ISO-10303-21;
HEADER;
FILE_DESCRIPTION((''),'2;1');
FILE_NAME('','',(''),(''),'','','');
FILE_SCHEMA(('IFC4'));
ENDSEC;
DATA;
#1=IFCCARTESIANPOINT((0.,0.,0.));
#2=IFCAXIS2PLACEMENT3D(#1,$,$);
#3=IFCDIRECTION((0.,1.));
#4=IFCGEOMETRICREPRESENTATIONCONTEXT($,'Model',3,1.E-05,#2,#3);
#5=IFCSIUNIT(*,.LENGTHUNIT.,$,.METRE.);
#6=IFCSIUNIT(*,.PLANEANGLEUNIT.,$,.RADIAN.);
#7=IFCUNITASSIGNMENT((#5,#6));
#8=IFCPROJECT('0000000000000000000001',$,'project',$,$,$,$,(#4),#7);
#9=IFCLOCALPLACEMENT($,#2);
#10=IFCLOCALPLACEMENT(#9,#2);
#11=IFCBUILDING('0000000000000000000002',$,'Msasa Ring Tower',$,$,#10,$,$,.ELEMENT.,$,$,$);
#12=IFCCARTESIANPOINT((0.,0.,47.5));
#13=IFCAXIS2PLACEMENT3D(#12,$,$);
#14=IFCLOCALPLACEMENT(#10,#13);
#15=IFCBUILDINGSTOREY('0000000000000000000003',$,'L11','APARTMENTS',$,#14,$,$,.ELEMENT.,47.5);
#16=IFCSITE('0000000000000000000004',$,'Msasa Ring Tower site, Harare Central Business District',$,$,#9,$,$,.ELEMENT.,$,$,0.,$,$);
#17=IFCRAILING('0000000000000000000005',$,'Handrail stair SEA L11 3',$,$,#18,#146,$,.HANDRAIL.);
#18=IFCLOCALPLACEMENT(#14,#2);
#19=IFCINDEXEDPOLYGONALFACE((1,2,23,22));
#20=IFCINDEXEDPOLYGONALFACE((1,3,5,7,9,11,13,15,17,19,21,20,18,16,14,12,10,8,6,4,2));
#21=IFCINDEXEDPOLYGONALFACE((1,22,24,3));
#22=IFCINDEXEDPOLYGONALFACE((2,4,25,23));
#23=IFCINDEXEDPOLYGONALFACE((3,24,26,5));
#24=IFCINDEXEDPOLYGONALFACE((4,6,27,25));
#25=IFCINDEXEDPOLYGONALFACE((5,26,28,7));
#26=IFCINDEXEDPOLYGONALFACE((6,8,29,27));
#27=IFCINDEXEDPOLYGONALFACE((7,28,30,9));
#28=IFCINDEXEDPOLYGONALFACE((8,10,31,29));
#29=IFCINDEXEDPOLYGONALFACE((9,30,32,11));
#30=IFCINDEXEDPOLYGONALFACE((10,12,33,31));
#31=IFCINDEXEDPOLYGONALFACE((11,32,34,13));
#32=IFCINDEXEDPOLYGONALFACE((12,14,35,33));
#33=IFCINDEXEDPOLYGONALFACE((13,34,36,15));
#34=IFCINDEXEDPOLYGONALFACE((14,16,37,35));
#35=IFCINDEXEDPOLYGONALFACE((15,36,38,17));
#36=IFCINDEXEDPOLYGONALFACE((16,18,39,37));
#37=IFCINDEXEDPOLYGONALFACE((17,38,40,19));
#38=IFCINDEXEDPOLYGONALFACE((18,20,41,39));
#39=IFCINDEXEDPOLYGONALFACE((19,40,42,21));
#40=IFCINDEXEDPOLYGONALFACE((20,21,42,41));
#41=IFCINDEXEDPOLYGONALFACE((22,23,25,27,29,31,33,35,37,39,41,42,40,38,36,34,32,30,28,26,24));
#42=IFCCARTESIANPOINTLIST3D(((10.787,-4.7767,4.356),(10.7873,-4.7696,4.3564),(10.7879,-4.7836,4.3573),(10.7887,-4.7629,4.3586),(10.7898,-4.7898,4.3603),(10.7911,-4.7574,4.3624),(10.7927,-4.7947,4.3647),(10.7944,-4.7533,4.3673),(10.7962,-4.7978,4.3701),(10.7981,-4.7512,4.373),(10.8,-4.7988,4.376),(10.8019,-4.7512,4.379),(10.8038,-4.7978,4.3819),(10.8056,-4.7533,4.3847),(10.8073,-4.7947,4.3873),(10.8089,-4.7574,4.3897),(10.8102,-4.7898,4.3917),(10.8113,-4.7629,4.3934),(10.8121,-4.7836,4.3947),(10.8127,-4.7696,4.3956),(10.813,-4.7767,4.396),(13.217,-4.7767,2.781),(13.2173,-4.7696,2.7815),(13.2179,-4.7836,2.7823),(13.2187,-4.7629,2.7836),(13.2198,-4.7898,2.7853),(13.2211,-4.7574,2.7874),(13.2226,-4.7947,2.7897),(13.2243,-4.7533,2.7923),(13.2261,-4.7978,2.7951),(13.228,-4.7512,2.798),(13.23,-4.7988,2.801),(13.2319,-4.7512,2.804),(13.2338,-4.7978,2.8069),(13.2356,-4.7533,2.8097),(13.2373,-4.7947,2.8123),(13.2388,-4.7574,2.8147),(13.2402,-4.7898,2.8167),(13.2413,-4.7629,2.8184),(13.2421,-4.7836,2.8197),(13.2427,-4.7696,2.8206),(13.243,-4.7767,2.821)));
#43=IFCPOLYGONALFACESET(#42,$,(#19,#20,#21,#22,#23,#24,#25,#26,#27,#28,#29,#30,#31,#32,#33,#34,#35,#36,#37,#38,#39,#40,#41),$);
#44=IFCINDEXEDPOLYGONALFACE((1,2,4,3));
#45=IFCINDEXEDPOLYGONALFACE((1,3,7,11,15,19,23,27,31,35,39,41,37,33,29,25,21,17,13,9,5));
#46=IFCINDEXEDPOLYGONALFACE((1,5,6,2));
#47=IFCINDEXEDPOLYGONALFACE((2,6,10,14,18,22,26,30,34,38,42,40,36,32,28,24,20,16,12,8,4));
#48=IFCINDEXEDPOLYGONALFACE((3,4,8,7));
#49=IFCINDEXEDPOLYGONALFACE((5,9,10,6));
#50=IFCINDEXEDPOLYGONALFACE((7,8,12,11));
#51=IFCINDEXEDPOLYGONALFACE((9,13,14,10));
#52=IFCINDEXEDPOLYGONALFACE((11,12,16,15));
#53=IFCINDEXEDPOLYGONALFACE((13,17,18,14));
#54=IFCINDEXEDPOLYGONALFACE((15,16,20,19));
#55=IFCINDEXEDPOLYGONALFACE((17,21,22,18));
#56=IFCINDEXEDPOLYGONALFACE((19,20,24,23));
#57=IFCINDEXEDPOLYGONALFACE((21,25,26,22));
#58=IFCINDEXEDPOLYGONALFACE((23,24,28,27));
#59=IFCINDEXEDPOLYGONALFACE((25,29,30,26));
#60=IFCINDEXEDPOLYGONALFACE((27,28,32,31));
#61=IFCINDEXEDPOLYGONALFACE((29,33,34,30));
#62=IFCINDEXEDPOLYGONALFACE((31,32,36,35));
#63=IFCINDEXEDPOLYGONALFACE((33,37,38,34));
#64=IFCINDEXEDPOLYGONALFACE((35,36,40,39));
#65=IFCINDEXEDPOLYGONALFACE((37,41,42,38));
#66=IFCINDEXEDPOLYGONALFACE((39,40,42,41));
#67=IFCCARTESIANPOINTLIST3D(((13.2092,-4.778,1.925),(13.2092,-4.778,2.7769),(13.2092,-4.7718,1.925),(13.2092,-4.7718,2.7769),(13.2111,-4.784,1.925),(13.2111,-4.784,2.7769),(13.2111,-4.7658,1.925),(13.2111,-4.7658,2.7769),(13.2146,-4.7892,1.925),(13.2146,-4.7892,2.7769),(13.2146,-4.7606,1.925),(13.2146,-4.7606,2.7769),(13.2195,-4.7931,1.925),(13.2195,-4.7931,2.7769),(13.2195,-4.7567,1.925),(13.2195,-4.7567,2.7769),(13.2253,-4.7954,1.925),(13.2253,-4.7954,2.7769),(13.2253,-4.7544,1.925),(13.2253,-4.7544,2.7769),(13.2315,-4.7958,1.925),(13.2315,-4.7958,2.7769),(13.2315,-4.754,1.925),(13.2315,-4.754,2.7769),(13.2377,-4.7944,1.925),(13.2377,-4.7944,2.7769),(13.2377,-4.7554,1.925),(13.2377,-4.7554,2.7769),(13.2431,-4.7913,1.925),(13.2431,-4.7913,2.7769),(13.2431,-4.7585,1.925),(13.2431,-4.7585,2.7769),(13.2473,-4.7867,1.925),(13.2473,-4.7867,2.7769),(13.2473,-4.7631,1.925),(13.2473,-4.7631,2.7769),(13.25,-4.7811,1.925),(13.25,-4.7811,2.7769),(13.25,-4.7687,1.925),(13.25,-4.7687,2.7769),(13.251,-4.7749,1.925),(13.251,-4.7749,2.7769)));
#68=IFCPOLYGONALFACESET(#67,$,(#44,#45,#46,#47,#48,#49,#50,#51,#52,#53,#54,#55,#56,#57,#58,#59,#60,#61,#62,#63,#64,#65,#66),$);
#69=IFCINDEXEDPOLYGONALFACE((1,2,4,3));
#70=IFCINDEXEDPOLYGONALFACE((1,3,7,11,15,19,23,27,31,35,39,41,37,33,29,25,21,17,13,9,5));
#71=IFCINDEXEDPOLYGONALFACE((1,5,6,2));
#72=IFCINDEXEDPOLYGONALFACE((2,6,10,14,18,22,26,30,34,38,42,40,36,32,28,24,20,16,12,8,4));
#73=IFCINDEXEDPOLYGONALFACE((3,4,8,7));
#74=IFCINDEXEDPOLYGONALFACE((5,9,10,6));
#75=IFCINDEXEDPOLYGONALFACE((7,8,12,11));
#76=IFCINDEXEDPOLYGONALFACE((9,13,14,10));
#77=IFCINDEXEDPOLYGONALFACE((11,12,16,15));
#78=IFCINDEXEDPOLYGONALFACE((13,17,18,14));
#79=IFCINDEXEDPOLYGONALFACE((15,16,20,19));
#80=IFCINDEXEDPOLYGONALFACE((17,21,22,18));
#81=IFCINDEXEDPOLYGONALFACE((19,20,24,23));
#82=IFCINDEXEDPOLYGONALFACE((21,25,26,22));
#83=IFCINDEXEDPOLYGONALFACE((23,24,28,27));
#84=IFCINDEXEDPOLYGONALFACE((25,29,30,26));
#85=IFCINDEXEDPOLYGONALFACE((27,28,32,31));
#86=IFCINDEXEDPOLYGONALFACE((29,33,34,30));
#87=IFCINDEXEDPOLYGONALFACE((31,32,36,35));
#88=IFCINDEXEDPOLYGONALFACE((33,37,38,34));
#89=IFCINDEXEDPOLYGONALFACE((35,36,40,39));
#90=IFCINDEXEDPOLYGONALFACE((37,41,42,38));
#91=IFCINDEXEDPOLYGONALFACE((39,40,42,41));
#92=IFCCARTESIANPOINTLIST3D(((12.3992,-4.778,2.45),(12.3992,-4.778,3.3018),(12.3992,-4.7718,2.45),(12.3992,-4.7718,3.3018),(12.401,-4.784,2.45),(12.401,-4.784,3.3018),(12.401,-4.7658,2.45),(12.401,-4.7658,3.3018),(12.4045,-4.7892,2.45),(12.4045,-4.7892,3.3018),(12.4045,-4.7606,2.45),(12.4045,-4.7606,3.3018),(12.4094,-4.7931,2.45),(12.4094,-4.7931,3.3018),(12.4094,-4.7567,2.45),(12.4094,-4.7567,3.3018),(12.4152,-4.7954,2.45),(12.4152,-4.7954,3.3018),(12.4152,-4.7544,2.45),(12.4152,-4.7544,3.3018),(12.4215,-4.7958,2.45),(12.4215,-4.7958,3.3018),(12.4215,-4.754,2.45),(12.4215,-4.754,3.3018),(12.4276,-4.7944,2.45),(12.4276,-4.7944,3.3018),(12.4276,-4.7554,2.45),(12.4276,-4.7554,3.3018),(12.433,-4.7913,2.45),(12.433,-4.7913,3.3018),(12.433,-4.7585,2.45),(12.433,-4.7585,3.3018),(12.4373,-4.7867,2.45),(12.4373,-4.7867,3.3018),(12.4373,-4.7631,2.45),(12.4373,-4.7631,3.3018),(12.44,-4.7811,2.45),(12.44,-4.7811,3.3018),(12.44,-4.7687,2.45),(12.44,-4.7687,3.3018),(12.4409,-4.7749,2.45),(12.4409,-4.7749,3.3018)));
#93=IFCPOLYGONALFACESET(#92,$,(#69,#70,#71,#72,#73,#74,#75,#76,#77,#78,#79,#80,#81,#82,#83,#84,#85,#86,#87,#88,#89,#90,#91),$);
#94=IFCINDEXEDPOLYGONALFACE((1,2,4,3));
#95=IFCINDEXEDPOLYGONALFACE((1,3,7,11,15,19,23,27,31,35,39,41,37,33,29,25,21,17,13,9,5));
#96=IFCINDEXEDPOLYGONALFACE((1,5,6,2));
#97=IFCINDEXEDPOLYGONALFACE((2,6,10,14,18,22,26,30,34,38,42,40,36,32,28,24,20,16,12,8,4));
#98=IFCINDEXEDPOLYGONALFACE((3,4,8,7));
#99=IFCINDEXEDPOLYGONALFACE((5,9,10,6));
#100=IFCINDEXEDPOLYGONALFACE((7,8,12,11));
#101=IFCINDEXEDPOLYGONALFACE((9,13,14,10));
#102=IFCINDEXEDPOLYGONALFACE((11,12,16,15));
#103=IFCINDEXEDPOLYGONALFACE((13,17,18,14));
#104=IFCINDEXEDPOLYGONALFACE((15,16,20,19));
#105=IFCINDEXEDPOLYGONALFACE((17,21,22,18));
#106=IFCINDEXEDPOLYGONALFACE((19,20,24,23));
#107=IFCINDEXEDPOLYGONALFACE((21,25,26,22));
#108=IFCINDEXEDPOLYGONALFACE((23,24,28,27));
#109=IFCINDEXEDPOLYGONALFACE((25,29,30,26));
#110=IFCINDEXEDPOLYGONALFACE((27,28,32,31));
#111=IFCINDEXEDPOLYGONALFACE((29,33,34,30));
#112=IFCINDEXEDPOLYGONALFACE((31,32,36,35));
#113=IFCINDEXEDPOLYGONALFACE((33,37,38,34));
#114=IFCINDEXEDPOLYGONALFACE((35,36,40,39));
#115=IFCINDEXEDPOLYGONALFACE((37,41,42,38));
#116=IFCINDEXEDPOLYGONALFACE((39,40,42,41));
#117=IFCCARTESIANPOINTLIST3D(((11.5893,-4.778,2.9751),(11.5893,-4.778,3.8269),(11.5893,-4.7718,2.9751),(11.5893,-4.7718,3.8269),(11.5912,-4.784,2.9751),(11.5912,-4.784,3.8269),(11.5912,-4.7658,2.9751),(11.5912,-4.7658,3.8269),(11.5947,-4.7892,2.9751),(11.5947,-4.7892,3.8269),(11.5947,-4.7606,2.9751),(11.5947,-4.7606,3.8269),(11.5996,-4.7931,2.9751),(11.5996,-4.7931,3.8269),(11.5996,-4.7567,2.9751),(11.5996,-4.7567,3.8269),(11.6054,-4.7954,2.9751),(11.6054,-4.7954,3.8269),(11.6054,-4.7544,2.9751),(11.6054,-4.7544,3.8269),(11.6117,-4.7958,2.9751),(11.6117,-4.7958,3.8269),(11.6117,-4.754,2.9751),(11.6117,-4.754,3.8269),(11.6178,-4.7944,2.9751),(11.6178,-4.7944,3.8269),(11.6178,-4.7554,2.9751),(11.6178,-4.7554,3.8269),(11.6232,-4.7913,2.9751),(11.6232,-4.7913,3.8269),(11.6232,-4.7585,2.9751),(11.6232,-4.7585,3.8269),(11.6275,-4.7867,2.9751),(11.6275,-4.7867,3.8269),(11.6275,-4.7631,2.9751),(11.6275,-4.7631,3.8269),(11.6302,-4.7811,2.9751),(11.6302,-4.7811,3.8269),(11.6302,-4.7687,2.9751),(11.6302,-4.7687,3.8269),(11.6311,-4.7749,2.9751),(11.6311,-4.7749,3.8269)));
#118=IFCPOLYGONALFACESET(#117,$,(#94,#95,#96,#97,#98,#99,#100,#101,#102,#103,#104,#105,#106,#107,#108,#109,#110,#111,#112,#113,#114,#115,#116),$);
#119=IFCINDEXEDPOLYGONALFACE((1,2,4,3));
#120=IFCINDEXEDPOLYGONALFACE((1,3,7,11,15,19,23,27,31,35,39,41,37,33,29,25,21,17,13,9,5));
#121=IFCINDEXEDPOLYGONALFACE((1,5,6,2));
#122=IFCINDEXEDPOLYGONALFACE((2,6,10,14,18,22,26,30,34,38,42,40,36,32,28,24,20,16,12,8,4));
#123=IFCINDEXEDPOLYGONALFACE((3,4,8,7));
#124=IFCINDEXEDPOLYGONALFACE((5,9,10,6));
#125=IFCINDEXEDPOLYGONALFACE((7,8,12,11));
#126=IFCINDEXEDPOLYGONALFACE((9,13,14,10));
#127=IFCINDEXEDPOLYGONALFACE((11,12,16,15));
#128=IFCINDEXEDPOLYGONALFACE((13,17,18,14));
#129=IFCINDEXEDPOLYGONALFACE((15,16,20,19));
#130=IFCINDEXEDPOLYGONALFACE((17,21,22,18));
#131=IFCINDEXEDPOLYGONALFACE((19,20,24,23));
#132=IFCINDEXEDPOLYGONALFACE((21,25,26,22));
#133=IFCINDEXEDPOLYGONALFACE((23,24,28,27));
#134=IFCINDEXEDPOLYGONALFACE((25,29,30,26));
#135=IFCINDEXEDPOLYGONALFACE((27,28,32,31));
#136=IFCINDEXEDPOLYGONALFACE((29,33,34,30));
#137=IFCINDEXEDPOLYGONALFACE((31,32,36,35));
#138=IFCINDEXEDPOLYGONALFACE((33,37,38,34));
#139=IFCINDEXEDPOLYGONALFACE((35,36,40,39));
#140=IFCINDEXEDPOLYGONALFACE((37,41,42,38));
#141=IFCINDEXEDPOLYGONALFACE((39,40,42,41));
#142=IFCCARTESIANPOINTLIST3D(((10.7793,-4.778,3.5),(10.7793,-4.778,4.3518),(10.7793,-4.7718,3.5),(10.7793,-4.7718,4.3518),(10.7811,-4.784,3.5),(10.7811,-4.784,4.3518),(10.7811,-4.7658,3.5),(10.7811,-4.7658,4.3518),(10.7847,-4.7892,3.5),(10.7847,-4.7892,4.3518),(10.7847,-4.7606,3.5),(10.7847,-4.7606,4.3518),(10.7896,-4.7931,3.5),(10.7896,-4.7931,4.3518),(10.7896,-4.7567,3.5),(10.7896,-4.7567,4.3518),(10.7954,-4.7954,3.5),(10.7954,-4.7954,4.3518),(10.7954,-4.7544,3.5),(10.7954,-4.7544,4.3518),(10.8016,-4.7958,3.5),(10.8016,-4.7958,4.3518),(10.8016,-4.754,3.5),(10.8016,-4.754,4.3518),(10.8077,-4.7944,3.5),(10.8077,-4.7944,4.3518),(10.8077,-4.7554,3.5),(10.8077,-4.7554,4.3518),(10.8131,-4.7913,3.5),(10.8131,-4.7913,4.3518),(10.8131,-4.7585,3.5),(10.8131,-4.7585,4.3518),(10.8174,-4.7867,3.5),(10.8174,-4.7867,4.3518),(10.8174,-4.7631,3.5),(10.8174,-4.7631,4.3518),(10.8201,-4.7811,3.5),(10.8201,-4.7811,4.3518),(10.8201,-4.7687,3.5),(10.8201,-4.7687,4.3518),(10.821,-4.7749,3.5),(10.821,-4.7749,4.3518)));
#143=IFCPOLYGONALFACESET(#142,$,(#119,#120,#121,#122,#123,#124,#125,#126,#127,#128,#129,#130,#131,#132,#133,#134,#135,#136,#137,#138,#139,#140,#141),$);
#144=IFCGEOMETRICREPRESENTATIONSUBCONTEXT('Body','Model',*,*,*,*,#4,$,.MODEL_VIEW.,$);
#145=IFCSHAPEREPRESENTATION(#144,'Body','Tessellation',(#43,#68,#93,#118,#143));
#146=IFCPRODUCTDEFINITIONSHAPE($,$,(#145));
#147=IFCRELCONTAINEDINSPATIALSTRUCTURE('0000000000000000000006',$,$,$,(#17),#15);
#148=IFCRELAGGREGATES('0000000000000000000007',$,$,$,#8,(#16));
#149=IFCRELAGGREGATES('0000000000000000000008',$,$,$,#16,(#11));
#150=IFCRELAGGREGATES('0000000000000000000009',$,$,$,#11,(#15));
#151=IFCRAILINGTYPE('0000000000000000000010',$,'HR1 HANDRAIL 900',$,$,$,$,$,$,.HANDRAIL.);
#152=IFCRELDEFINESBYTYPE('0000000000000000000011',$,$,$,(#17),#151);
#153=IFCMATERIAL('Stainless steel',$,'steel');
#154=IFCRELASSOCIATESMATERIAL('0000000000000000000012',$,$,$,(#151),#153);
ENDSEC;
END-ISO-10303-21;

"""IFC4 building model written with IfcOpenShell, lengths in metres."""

from ifc_helpers import new_model, si_unit, direction, frame, origin, origin_2d, place, context, subcontext, project, spatial, circle, extrude, material, type_object, element, save


model = new_model("IFC4")

# Units and contexts
model_context = context("Model", 3, precision=1e-05, world=origin(), true_north=direction((0.0, 1.0)))
body_context = subcontext(model_context, "Body", "Model", "MODEL_VIEW")
ifc_project = project(units=[si_unit("LENGTHUNIT", "METRE"), si_unit("PLANEANGLEUNIT", "RADIAN")], contexts=[model_context])

# Site, building, storey
site_placement = place(None, origin())
site = spatial("IfcSite", under=ifc_project, at=site_placement, Name="Msasa Ring Tower site, Harare Central Business District", CompositionType="ELEMENT", RefElevation=0.0)
building_placement = place(site_placement, origin())
building = spatial("IfcBuilding", under=site, at=building_placement, Name="Msasa Ring Tower", CompositionType="ELEMENT")
storey_placement = place(building_placement, frame((0.0, 0.0, 47.5)))
storey = spatial("IfcBuildingStorey", under=building, at=storey_placement, Name="L11", Description="APARTMENTS", CompositionType="ELEMENT", Elevation=47.5)

# Railing
ifc_material_1 = material(Name="Stainless steel", Category="steel")
railing_type = type_object("IfcRailingType", Name="HR1 HANDRAIL 900", PredefinedType="HANDRAIL", material=ifc_material_1)
for number, where, name in (
    (1, (13.23, -4.7749, 1.925), "Handrail stair SEA L11 3"),
):
    element("IfcRailing", number, at=place(storey_placement, frame(where)), inside=storey, type_object=railing_type, Name=name, PredefinedType="HANDRAIL", context=body_context, shape_type="SweptSolid", body=[
        extrude(circle(Radius=0.0239, at=origin_2d()), frame((0.0, 0.0, 0.876), z_axis=(-0.839154, 0.0, 0.543894), x_axis=(0.0, -1.0, 0.0)), (0.0, 0.0, 1.0), 2.8958),
        extrude(circle(Radius=0.021, at=origin_2d()), origin(), (0.0, 0.0, 1.0), 0.8518),
        extrude(circle(Radius=0.021, at=origin_2d()), frame((-0.8101, 0.0, 0.5249)), (0.0, 0.0, 1.0), 0.8518),
        extrude(circle(Radius=0.021, at=origin_2d()), frame((-1.6199, 0.0, 1.05)), (0.0, 0.0, 1.0), 0.8518),
        extrude(circle(Radius=0.021, at=origin_2d()), frame((-2.4299, 0.0, 1.575)), (0.0, 0.0, 1.0), 0.8518),
    ])

save(model, "model.ifc")
